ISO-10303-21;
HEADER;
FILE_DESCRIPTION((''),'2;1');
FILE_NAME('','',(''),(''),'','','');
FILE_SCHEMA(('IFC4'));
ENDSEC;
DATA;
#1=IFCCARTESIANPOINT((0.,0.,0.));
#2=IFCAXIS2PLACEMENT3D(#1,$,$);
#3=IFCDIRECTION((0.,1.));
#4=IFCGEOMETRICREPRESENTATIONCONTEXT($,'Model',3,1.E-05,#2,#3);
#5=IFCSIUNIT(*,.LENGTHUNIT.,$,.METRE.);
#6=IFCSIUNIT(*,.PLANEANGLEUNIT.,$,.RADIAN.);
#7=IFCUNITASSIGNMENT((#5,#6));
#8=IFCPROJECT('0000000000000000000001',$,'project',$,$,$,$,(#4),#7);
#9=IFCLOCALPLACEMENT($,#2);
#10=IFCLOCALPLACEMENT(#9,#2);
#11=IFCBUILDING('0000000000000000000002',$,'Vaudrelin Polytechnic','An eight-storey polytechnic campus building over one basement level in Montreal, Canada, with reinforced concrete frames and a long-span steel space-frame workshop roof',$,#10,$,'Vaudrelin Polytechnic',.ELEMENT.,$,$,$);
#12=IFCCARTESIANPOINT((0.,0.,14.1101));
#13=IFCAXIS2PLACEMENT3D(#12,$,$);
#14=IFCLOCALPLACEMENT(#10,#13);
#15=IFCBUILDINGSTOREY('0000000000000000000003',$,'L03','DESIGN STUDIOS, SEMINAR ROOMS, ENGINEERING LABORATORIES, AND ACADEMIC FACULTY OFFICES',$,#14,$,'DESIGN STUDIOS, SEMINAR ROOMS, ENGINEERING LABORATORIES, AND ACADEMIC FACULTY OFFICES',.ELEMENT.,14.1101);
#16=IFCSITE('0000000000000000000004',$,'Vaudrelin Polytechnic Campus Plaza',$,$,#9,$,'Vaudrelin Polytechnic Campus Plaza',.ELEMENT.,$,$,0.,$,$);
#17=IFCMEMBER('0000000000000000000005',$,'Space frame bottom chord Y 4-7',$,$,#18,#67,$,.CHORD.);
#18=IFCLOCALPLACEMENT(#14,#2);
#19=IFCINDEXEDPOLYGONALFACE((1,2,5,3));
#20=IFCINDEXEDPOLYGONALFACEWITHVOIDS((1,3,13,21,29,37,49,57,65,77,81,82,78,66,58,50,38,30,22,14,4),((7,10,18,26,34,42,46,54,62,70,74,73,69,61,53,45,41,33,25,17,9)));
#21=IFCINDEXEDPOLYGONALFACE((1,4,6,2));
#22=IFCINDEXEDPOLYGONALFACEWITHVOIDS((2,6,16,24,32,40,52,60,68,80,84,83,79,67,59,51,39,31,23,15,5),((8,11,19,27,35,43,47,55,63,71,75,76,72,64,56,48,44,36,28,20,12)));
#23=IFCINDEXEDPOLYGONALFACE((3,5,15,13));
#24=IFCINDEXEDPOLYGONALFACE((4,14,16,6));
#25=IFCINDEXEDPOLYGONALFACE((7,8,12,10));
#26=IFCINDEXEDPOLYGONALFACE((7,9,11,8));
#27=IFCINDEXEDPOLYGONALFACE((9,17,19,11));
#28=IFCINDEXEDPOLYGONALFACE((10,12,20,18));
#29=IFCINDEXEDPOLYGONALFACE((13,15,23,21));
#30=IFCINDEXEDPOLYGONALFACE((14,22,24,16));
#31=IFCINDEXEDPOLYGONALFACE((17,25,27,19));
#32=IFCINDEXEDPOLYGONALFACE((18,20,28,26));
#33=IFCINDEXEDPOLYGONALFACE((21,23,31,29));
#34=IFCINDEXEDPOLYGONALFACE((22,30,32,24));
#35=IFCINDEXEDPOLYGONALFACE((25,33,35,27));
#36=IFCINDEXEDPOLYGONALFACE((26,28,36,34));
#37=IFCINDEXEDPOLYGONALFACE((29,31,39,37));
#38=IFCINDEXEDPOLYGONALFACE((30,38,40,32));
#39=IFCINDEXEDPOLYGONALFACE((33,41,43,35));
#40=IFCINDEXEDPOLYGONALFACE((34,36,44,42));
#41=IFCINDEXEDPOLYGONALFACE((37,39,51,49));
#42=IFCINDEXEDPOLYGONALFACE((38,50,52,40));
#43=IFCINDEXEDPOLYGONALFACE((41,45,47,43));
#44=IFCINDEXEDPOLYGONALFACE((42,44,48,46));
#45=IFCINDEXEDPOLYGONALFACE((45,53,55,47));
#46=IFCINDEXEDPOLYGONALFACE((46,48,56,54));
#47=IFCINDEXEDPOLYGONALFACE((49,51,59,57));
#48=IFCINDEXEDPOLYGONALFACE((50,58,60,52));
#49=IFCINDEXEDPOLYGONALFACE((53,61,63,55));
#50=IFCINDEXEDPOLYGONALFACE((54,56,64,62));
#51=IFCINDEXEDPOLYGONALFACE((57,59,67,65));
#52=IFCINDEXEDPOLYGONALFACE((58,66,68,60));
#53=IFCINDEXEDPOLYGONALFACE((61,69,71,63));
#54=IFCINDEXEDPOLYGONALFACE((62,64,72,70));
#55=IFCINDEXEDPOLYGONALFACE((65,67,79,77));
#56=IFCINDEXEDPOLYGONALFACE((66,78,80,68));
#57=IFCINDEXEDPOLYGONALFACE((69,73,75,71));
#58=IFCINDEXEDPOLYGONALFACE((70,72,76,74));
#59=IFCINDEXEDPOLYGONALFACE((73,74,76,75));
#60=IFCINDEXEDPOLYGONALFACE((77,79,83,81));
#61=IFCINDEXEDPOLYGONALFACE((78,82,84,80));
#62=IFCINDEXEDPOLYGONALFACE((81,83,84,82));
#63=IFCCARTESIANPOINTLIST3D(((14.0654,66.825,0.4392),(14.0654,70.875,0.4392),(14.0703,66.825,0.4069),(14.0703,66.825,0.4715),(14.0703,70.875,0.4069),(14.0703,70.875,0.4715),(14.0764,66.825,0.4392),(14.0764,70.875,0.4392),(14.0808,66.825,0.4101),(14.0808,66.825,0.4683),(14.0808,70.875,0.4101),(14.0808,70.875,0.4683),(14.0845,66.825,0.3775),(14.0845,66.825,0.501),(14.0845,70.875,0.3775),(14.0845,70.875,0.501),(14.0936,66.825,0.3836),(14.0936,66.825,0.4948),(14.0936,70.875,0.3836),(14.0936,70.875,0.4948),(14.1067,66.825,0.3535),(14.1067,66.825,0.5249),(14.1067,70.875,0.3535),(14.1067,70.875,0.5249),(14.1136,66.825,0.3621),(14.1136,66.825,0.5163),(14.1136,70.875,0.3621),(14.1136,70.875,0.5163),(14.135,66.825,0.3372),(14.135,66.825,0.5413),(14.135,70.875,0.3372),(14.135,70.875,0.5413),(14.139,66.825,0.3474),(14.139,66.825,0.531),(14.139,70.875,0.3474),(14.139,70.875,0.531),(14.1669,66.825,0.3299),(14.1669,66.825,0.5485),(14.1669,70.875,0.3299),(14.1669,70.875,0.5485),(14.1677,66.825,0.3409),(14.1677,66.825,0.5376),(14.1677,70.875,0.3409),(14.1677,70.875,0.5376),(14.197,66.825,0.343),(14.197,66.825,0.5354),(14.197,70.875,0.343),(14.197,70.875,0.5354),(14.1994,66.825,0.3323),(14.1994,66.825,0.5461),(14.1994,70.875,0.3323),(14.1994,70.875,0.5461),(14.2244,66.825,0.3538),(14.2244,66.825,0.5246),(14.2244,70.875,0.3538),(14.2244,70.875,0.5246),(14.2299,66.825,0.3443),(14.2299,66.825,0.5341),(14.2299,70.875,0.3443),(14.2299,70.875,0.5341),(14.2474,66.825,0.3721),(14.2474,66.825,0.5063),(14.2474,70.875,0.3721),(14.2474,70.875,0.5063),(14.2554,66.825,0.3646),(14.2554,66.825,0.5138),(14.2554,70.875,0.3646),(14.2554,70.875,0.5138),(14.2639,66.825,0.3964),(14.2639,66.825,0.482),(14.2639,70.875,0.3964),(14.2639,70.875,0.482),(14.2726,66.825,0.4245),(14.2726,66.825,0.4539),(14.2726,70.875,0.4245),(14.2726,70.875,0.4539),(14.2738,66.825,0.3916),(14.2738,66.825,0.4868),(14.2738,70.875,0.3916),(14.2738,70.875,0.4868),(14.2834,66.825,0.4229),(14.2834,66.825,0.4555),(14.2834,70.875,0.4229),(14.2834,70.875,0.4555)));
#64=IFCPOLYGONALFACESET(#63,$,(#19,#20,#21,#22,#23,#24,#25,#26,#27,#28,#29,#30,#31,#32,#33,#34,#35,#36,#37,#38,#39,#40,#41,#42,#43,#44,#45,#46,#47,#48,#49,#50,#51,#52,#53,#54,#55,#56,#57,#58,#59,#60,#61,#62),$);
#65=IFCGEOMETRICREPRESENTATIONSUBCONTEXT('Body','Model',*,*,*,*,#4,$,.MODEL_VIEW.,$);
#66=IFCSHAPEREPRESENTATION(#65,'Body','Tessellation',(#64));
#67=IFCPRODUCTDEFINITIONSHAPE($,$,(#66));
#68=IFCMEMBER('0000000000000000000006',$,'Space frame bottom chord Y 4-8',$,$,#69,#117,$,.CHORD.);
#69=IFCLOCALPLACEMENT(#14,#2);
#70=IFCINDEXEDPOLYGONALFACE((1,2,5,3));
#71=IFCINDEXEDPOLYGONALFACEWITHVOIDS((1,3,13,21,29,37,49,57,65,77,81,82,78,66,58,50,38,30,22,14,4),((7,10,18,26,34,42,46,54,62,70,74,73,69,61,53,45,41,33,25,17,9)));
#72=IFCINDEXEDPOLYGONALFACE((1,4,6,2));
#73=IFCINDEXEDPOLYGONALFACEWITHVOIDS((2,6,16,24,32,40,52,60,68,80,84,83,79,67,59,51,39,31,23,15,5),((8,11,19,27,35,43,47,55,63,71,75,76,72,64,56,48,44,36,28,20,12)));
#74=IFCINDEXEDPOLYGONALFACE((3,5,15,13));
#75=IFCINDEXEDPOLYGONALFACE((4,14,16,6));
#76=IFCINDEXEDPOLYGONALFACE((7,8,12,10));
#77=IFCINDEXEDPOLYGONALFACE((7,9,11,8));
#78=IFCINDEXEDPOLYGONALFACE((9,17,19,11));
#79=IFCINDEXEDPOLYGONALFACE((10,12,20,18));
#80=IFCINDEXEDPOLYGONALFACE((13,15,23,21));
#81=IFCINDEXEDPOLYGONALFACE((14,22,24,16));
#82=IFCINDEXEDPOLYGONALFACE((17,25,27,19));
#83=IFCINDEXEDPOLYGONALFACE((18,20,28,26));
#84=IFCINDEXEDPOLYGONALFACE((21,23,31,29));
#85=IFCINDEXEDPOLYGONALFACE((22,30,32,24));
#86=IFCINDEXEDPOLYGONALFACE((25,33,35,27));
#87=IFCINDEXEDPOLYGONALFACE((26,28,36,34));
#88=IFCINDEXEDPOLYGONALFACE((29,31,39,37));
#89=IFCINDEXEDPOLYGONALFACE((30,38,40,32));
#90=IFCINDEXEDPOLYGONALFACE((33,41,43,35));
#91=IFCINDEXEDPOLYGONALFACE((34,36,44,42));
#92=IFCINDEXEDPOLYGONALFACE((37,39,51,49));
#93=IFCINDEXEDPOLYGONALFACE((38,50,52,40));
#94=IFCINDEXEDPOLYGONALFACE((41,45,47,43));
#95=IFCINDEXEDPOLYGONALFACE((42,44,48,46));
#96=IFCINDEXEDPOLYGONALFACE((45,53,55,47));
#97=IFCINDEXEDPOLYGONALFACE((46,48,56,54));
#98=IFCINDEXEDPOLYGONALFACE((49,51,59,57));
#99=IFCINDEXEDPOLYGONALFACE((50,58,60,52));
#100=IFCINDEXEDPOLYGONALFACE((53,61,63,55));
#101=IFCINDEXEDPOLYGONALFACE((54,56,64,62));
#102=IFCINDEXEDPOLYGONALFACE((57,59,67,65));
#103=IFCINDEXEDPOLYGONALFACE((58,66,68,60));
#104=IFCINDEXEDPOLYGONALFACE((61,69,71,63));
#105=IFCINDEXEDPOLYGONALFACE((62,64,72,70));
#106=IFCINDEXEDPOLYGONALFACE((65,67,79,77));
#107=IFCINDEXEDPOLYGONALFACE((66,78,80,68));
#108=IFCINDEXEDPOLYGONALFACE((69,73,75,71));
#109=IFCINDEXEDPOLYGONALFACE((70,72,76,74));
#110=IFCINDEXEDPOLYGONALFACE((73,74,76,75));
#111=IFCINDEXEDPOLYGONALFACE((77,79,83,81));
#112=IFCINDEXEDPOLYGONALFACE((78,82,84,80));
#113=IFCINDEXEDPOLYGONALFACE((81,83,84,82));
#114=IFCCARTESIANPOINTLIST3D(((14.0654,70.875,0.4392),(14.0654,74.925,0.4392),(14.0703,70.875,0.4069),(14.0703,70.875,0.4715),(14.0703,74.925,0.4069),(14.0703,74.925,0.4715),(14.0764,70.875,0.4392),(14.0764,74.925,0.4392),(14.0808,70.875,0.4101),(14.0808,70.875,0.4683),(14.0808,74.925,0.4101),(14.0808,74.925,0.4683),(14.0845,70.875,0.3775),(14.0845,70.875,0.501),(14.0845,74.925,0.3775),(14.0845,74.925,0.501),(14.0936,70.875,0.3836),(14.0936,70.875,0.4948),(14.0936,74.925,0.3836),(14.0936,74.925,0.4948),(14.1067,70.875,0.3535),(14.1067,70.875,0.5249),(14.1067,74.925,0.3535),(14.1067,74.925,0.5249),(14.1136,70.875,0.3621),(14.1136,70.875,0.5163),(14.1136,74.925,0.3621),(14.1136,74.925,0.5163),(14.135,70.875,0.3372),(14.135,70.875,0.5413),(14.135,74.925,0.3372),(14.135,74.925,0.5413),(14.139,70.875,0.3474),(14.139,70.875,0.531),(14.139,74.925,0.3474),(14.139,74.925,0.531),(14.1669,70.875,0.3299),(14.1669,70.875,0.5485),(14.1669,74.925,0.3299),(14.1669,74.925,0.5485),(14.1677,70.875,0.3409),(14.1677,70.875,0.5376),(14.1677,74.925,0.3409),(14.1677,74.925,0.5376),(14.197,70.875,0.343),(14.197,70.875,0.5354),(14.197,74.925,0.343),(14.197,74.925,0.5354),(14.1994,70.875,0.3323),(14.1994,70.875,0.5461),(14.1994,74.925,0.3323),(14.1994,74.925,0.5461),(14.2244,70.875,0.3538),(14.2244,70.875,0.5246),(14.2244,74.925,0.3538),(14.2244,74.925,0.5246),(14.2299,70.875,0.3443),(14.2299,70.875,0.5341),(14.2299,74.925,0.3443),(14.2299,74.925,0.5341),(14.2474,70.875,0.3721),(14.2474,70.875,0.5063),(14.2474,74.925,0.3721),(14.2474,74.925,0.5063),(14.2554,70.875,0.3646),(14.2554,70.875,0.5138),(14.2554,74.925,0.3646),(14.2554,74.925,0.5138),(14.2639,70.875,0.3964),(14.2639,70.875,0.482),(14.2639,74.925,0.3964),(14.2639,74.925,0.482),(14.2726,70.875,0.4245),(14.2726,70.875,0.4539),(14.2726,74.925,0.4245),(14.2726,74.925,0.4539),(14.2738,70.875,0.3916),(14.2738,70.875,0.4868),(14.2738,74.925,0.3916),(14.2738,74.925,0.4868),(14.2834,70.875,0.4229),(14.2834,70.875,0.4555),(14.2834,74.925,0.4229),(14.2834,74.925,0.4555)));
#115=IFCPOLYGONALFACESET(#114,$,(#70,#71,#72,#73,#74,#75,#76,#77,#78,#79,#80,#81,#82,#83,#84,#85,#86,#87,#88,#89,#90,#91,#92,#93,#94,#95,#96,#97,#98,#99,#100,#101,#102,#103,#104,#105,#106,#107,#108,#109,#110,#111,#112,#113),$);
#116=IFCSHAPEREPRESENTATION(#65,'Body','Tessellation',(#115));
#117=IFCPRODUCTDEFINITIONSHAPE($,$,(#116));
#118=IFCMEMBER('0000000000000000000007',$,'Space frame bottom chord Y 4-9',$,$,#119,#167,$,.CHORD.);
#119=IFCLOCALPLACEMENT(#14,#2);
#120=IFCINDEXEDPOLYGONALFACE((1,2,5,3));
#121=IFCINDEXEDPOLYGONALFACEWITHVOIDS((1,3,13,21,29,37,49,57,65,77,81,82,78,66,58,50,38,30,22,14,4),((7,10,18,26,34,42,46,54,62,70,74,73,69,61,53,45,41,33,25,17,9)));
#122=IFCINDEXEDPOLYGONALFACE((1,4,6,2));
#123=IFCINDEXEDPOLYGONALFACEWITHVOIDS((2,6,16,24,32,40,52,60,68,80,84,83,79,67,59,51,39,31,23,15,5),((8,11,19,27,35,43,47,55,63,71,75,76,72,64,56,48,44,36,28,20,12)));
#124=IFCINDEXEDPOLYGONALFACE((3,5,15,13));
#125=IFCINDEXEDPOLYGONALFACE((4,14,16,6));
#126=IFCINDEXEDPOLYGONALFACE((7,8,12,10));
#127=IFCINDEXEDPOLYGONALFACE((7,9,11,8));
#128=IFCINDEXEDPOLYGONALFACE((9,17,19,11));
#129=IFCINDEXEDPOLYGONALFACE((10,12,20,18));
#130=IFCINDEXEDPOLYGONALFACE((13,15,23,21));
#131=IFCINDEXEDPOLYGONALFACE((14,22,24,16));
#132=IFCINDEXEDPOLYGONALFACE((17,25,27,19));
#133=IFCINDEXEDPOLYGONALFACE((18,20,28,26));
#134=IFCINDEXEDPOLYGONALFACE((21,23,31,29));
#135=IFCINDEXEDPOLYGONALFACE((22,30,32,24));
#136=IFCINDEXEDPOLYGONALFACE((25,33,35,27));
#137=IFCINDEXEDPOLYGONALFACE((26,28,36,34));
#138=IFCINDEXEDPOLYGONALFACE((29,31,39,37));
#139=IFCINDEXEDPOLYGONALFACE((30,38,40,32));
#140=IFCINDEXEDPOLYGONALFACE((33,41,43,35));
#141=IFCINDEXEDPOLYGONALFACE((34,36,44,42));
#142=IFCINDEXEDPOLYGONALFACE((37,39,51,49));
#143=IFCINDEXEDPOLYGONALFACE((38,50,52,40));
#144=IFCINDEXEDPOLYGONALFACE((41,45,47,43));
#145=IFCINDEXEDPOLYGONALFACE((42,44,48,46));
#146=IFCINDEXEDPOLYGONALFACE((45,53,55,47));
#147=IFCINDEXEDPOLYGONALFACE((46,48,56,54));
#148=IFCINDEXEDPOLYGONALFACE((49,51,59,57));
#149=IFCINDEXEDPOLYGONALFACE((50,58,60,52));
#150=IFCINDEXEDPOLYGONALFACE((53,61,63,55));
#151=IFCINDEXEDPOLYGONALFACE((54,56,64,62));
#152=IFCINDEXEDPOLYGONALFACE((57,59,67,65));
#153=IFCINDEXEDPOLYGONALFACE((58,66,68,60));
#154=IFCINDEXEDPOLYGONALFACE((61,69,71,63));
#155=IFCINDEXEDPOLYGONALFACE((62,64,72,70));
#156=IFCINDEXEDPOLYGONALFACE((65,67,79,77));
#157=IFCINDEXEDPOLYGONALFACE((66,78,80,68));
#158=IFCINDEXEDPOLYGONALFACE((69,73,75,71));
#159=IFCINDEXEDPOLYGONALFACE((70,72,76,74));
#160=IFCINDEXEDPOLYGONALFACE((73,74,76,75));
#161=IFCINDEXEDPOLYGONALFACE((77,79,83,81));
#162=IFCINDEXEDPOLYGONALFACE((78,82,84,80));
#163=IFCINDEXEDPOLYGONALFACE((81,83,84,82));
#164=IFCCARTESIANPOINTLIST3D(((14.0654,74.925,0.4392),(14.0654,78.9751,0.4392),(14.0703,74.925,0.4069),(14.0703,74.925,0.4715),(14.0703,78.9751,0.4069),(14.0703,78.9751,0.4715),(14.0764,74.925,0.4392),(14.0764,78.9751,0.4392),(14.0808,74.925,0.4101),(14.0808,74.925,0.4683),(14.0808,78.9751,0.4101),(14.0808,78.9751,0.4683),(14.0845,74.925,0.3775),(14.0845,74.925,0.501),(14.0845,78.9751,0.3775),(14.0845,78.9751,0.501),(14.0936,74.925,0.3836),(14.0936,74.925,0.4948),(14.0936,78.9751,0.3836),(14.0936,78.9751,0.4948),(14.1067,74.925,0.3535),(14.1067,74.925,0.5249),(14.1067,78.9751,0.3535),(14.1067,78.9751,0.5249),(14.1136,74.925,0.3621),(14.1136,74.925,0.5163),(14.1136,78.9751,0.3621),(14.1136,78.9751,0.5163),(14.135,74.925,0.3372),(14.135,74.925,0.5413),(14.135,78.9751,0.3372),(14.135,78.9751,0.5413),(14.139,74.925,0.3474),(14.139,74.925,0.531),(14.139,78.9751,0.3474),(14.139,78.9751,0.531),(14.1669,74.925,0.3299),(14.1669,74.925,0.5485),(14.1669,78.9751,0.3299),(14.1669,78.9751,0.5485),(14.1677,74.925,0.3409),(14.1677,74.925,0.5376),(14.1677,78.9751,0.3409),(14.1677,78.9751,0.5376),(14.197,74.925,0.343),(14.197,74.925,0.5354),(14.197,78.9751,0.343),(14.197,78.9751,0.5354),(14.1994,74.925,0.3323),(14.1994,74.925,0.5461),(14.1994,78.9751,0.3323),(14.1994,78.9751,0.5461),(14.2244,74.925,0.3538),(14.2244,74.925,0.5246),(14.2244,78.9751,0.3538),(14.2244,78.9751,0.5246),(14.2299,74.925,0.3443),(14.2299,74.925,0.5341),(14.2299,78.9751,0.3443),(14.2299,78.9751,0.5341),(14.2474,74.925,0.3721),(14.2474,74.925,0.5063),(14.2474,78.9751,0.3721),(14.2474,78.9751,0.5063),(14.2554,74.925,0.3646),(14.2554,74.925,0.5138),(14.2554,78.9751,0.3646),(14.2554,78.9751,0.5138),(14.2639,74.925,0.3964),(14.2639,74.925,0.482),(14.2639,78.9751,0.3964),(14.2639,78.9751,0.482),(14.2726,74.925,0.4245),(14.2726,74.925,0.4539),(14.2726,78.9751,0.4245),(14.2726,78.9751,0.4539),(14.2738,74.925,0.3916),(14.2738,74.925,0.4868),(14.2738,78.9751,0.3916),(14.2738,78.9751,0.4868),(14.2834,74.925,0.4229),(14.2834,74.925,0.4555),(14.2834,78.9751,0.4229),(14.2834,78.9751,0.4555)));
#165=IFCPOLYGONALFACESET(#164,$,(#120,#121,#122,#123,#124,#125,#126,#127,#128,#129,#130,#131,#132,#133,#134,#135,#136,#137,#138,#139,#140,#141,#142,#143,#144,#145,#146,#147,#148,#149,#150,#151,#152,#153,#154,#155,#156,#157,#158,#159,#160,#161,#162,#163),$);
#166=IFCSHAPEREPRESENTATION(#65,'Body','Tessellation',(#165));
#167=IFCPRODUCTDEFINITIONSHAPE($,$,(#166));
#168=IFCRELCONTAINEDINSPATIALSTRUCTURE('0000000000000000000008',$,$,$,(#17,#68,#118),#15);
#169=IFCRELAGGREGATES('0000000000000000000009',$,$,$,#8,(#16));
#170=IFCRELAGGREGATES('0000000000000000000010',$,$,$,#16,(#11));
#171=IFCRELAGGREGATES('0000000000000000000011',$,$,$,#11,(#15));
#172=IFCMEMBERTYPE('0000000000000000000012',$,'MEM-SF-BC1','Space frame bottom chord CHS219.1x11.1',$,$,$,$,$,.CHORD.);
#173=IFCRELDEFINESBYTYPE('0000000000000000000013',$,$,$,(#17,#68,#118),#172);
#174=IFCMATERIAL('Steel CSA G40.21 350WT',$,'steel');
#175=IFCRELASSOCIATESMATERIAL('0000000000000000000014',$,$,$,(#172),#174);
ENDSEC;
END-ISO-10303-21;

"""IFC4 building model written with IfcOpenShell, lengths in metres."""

from ifc_helpers import new_model, si_unit, direction, frame, origin, origin_2d, place, context, subcontext, project, spatial, hollow_circle, extrude, material, material_profile, profile_set, type_object, element, save


model = new_model("IFC4")

# Units and contexts
model_context = context("Model", 3, precision=1e-05, world=origin(), true_north=direction((0.0, 1.0)))
body_context = subcontext(model_context, "Body", "Model", "MODEL_VIEW")
ifc_project = project(units=[si_unit("LENGTHUNIT", "METRE"), si_unit("PLANEANGLEUNIT", "RADIAN")], contexts=[model_context])

# Site, building, storey
site_placement = place(None, origin())
site = spatial("IfcSite", under=ifc_project, at=site_placement, Name="Vaudrelin Polytechnic Campus Plaza", LongName="Vaudrelin Polytechnic Campus Plaza", CompositionType="ELEMENT", RefElevation=0.0)
building_placement = place(site_placement, origin())
building = spatial("IfcBuilding", under=site, at=building_placement, Name="Vaudrelin Polytechnic", Description="An eight-storey polytechnic campus building over one basement level in Montreal, Canada, with reinforced concrete frames and a long-span steel space-frame workshop roof", LongName="Vaudrelin Polytechnic", CompositionType="ELEMENT")
storey_placement = place(building_placement, frame((0.0, 0.0, 14.1101)))
storey = spatial("IfcBuildingStorey", under=building, at=storey_placement, Name="L03", Description="DESIGN STUDIOS, SEMINAR ROOMS, ENGINEERING LABORATORIES, AND ACADEMIC FACULTY OFFICES", LongName="DESIGN STUDIOS, SEMINAR ROOMS, ENGINEERING LABORATORIES, AND ACADEMIC FACULTY OFFICES", CompositionType="ELEMENT", Elevation=14.1101)

# Members
ifc_material = material(Name="Steel CSA G40.21 350WT", Category="steel")
ifc_material_profile_1 = material_profile(ifc_material, hollow_circle(Radius=0.1096, WallThickness=0.011, at=origin_2d()), Name="CHS219.1x11.1")
ifc_profile_set_1 = profile_set([ifc_material_profile_1], Name="Steel CSA G40.21 350WT")
member_type_1 = type_object("IfcMemberType", Name="MEM-SF-BC1", Description="Space frame bottom chord CHS219.1x11.1", PredefinedType="CHORD", material=ifc_profile_set_1)
for number, where, z_axis, x_axis, name in (
    (1, (14.175, 66.825, 0.4392), (0.0, 1.0, 0.0), (-1.0, 0.0, 0.0), "Space frame bottom chord Y 4-7"),
    (2, (14.175, 70.875, 0.4392), (0.0, 1.0, 0.0), (-1.0, 0.0, 0.0), "Space frame bottom chord Y 4-8"),
    (3, (14.175, 74.925, 0.4392), (0.0, 1.0, 0.0), (-1.0, 0.0, 0.0), "Space frame bottom chord Y 4-9"),
):
    element("IfcMember", number, at=place(storey_placement, frame(where, z_axis=z_axis, x_axis=x_axis)), inside=storey, type_object=member_type_1, Name=name, PredefinedType="CHORD", context=body_context, shape_type="SweptSolid", body=[
        extrude(hollow_circle(Radius=0.1096, WallThickness=0.011, at=origin_2d()), origin(), (0.0, 0.0, 1.0), 4.05),
    ])

save(model, "model.ifc")
